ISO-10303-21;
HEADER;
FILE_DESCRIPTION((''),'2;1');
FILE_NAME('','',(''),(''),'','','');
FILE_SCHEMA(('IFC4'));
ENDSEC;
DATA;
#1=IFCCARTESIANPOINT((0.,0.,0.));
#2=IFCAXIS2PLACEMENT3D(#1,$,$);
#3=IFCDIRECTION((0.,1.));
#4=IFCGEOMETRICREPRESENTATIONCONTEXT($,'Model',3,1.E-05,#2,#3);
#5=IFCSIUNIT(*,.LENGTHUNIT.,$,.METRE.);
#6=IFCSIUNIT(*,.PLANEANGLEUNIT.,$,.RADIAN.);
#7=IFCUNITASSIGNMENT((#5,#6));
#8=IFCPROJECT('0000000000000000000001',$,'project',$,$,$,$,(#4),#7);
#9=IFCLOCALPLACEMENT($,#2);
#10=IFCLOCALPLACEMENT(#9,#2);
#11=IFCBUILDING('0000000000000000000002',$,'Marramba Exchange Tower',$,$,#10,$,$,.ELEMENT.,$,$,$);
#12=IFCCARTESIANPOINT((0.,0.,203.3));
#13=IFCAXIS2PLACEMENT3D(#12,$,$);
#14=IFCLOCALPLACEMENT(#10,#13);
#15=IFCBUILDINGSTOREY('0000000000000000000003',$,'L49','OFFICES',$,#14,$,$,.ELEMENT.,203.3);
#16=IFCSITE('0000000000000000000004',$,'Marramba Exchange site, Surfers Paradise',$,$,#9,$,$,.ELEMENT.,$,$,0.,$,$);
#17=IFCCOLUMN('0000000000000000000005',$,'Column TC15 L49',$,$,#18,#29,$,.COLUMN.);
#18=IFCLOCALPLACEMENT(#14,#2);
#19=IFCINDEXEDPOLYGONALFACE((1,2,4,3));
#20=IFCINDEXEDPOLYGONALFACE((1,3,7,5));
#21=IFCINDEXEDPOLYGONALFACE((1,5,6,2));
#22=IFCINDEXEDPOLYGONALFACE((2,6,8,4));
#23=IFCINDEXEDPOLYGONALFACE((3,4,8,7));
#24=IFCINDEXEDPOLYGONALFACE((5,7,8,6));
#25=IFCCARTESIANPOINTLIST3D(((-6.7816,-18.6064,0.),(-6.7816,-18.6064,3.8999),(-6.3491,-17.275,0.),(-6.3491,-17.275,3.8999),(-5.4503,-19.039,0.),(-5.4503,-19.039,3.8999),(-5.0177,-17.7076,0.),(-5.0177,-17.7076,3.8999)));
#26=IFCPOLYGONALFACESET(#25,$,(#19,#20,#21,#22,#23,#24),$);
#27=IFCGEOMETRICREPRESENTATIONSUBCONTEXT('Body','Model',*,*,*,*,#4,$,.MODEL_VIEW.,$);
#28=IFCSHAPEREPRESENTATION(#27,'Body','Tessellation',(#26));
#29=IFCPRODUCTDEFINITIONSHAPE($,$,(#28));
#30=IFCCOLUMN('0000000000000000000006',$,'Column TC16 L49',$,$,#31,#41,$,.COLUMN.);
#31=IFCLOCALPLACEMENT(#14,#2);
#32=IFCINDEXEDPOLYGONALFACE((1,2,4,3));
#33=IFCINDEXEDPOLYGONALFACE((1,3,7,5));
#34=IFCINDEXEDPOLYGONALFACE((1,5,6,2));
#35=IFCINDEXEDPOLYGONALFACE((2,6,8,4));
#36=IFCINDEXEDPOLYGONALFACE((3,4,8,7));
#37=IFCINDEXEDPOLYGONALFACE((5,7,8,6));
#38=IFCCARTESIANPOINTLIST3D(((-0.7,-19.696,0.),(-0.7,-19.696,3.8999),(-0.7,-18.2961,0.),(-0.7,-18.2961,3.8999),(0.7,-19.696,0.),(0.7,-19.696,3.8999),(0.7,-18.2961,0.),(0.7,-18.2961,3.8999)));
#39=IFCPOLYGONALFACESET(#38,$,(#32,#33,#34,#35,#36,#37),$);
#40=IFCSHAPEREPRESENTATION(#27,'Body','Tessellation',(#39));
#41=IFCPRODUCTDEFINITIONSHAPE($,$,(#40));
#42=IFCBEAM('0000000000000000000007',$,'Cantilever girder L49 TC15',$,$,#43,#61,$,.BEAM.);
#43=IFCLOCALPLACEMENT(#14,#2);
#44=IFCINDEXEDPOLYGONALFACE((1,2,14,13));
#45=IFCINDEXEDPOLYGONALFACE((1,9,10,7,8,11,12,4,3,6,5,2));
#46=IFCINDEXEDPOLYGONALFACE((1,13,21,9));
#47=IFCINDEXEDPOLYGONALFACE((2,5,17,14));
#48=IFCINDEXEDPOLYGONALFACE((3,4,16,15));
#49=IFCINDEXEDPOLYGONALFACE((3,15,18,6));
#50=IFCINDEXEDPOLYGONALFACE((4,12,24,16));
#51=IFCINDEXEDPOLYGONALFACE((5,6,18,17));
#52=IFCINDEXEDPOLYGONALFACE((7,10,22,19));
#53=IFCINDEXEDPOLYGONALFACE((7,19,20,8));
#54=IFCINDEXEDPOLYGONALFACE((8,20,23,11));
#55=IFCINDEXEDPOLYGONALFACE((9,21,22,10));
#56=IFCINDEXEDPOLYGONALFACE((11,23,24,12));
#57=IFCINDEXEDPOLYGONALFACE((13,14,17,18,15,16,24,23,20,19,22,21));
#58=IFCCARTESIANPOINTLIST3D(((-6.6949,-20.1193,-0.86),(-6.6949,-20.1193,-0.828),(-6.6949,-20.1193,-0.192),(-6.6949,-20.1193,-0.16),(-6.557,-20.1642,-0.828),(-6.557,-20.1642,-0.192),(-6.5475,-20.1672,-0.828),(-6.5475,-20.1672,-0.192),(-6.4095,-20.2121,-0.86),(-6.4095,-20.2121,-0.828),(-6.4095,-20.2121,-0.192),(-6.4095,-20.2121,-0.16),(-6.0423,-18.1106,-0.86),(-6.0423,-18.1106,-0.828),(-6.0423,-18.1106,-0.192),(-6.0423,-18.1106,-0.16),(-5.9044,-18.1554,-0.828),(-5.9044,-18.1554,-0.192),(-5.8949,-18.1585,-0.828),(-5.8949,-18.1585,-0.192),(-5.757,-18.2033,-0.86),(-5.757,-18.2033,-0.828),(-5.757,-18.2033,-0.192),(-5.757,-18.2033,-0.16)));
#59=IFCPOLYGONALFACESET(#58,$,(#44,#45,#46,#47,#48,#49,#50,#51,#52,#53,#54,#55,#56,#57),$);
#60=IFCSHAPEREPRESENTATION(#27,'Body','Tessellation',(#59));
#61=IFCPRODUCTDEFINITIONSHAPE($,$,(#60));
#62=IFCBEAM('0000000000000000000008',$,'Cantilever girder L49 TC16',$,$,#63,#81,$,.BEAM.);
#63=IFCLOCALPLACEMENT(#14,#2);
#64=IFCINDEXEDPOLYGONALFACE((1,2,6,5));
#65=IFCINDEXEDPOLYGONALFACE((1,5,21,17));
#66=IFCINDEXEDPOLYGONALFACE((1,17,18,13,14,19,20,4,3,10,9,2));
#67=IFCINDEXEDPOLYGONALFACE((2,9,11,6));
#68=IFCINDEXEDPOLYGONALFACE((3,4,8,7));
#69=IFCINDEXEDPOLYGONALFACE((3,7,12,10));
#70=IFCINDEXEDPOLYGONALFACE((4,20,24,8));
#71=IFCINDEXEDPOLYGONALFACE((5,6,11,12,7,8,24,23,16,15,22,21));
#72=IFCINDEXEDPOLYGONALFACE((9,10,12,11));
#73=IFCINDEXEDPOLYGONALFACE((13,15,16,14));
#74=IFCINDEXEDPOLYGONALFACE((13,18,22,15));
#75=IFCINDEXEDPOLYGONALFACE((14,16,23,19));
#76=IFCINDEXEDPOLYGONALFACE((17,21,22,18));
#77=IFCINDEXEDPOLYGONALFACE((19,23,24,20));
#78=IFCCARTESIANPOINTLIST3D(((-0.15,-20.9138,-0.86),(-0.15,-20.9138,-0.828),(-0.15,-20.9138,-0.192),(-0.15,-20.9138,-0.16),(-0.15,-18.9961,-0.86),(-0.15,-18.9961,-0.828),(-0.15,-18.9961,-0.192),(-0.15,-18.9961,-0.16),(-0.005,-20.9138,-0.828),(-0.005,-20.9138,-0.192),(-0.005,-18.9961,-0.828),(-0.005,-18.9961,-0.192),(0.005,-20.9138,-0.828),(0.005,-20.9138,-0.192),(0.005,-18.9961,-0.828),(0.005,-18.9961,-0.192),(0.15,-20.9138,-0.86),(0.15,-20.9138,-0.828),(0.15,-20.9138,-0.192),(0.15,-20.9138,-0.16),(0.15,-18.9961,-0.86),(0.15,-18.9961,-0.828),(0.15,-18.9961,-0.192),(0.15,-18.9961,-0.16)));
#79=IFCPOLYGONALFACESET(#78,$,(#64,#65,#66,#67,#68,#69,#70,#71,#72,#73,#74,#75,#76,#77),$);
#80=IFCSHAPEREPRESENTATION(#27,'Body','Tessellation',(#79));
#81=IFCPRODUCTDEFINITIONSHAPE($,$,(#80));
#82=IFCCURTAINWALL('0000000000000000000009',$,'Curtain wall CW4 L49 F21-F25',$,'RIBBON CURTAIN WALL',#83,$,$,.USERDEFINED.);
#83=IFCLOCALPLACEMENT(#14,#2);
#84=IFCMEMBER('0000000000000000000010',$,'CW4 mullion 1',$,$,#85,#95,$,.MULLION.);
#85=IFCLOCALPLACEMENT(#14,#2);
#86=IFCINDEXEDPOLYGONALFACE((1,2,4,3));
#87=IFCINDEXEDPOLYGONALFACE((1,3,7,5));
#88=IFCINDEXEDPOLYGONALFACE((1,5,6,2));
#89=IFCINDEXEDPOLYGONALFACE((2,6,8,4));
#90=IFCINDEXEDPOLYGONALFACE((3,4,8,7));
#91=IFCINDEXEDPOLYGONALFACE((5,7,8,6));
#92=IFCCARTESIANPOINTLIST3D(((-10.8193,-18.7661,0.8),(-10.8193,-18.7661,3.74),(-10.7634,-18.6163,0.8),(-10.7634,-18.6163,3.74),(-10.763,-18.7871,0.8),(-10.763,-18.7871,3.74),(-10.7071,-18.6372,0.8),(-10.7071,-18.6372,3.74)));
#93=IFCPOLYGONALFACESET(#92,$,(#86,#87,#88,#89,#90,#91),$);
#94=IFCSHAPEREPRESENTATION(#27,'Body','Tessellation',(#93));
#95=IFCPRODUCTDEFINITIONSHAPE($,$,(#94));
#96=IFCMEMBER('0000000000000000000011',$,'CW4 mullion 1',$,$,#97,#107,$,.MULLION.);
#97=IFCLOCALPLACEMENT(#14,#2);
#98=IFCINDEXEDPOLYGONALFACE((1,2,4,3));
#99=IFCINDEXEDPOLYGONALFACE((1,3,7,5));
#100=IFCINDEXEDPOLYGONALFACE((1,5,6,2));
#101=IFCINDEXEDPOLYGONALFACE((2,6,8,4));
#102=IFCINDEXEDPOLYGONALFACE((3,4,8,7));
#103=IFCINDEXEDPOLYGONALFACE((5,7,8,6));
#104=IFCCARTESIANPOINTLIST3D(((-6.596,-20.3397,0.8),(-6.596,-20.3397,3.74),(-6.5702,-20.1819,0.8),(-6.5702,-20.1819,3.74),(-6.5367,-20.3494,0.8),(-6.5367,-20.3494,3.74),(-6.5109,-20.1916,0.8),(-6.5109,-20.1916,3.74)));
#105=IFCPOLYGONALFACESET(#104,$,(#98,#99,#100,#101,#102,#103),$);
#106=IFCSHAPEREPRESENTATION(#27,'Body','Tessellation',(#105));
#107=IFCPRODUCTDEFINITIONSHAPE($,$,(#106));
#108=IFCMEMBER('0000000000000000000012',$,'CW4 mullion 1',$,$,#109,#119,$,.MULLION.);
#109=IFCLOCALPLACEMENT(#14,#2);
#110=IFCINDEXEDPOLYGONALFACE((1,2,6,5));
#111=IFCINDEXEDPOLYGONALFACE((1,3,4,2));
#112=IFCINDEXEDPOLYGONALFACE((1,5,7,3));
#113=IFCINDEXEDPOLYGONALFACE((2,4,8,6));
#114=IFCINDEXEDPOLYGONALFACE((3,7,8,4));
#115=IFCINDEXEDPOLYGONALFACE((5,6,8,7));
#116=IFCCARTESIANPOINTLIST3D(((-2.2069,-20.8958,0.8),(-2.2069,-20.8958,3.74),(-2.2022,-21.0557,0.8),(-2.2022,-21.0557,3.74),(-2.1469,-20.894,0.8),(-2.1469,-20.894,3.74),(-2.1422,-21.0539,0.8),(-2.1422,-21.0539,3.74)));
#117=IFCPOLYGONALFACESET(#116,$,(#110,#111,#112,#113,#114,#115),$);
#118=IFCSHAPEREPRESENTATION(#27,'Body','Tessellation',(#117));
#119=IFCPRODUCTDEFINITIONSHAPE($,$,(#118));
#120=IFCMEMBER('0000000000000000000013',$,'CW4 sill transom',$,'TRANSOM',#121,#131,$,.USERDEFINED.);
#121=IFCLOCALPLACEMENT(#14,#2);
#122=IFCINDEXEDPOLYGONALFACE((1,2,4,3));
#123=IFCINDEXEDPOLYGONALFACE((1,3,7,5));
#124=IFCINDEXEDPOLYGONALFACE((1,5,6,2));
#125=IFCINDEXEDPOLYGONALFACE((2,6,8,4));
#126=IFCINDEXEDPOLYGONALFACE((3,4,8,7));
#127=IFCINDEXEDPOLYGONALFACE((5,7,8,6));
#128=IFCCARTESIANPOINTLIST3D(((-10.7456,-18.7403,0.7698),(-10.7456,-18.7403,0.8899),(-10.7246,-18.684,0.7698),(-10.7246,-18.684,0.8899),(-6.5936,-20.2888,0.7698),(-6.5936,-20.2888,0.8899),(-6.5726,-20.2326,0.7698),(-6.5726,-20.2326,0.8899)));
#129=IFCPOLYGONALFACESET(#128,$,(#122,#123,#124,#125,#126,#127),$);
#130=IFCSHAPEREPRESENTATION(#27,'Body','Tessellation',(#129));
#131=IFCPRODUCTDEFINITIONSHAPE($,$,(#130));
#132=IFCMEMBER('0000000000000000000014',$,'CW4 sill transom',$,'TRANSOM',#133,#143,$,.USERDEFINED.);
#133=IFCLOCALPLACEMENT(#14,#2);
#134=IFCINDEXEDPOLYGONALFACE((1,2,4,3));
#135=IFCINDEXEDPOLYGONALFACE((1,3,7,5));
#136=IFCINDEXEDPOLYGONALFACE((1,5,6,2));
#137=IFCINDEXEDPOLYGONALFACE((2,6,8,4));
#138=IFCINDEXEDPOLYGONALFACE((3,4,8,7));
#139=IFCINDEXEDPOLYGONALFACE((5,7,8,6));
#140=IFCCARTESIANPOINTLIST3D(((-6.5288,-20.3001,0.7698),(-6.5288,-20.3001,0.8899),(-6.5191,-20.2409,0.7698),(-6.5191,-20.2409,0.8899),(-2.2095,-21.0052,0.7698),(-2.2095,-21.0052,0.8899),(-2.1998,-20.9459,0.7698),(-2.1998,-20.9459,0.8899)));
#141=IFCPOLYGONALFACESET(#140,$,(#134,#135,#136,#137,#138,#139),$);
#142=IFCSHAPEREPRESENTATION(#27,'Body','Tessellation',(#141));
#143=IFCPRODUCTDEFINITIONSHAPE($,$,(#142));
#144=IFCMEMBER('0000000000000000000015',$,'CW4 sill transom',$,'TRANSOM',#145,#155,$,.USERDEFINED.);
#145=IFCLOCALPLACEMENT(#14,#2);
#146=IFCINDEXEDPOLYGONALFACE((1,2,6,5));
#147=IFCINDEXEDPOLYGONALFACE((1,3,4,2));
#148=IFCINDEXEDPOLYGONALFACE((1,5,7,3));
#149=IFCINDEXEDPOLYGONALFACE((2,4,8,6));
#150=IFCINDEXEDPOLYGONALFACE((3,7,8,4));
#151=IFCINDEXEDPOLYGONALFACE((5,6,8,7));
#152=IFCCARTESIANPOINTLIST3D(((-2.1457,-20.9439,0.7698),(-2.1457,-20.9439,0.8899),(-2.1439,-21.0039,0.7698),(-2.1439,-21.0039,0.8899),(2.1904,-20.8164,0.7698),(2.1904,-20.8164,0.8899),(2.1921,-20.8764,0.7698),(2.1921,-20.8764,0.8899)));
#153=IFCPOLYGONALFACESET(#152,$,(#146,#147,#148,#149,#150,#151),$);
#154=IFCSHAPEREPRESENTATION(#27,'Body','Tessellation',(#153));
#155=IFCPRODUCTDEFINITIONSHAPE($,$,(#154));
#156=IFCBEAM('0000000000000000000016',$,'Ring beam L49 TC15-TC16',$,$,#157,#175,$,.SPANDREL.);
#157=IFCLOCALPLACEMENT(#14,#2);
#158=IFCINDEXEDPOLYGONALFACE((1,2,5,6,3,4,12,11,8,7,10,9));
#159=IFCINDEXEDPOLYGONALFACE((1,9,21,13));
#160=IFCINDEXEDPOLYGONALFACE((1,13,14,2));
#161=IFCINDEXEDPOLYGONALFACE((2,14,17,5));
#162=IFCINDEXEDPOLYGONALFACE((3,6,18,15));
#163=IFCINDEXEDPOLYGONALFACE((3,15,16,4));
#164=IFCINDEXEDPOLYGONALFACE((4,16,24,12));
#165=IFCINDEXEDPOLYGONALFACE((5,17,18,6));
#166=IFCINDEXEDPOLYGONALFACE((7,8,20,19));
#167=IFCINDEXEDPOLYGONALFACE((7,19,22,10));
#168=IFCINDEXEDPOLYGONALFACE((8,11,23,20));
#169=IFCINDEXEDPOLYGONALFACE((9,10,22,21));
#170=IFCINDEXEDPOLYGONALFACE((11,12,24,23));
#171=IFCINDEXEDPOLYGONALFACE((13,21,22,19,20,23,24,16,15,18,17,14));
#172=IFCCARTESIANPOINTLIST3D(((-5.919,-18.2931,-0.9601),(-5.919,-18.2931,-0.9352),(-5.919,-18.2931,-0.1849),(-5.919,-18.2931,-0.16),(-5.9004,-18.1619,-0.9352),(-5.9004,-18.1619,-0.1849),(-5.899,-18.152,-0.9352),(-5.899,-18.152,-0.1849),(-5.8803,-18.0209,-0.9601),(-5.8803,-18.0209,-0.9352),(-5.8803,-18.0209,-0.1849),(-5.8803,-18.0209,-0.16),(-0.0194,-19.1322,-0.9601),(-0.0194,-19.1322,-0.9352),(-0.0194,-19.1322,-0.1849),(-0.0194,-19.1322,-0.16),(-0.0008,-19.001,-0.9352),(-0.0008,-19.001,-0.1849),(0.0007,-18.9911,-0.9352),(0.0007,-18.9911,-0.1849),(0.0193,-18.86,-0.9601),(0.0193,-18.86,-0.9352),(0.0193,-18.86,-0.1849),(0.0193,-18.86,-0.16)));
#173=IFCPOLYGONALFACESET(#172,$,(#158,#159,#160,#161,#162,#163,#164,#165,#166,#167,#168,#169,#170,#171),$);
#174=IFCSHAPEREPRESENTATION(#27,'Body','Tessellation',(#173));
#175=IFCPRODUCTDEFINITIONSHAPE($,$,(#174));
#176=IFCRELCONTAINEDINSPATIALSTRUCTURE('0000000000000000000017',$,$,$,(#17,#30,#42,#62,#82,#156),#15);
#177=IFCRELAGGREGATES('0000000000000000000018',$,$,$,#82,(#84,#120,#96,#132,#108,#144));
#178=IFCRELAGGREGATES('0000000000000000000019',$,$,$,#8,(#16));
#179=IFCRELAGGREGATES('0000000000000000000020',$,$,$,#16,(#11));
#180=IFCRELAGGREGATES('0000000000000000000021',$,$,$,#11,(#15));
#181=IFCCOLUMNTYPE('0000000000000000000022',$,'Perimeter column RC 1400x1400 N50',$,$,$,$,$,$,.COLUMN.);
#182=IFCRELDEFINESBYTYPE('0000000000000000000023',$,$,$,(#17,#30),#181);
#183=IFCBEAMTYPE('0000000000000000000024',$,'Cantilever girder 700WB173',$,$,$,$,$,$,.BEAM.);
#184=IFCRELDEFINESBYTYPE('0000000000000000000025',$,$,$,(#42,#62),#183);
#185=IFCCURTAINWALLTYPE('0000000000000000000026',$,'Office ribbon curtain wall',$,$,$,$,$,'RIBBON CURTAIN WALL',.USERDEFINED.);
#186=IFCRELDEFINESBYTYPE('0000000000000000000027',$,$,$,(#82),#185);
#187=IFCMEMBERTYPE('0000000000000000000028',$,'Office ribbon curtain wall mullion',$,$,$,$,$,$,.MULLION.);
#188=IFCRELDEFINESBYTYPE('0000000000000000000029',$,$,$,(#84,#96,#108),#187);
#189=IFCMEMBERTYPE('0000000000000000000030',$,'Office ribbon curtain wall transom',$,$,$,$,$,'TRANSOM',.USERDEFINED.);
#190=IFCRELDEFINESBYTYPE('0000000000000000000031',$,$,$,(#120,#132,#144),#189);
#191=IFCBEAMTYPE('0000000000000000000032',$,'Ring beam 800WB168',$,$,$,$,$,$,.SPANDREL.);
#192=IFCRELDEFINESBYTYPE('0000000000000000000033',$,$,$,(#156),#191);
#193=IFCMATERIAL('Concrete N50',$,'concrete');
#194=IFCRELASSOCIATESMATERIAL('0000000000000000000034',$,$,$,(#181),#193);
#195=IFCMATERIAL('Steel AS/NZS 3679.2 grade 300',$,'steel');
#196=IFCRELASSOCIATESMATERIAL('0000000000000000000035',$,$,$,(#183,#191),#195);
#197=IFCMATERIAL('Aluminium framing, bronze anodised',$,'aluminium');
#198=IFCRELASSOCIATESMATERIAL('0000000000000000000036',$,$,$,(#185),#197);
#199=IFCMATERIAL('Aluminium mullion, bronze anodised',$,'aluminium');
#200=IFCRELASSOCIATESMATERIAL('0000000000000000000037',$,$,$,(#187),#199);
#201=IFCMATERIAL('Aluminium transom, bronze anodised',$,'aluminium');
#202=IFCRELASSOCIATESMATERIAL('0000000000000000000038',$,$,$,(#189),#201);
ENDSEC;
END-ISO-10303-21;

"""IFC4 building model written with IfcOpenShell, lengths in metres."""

from ifc_helpers import new_model, si_unit, direction, frame, origin, origin_2d, place, context, subcontext, project, spatial, rectangle, i_section, extrude, material, material_profile, profile_set, type_object, element, aggregate, save


model = new_model("IFC4")

# Units and contexts
model_context = context("Model", 3, precision=1e-05, world=origin(), true_north=direction((0.0, 1.0)))
body_context = subcontext(model_context, "Body", "Model", "MODEL_VIEW")
ifc_project = project(units=[si_unit("LENGTHUNIT", "METRE"), si_unit("PLANEANGLEUNIT", "RADIAN")], contexts=[model_context])

# Site, building, storey
site_placement = place(None, origin())
site = spatial("IfcSite", under=ifc_project, at=site_placement, Name="Marramba Exchange site, Surfers Paradise", CompositionType="ELEMENT", RefElevation=0.0)
building_placement = place(site_placement, origin())
building = spatial("IfcBuilding", under=site, at=building_placement, Name="Marramba Exchange Tower", CompositionType="ELEMENT")
storey_placement = place(building_placement, frame((0.0, 0.0, 203.3)))
storey = spatial("IfcBuildingStorey", under=building, at=storey_placement, Name="L49", Description="OFFICES", CompositionType="ELEMENT", Elevation=203.3)

# Columns
ifc_material_1 = material(Name="Concrete N50", Category="concrete")
ifc_material_profile_1 = material_profile(ifc_material_1, rectangle(XDim=1.3999, YDim=1.3999, at=origin_2d()), Name="RC 1400x1400")
ifc_profile_set_1 = profile_set([ifc_material_profile_1], Name="Concrete N50")
column_type = type_object("IfcColumnType", Name="Perimeter column RC 1400x1400 N50", PredefinedType="COLUMN", material=ifc_profile_set_1)
for number, where, z_axis, x_axis, name in (
    (1, (-5.8997, -18.157, 0.0), (0.0, 0.0, 1.0), (-0.309017, -0.951057, 0.0), "Column TC15 L49"),
    (2, (0.0, -18.9961, 0.0), (0.0, 0.0, 1.0), (0.0, -1.0, 0.0), "Column TC16 L49"),
):
    element("IfcColumn", number, at=place(storey_placement, frame(where, z_axis=z_axis, x_axis=x_axis)), inside=storey, type_object=column_type, Name=name, PredefinedType="COLUMN", context=body_context, shape_type="SweptSolid", body=[
        extrude(rectangle(XDim=1.3999, YDim=1.3999, at=origin_2d()), origin(), (0.0, 0.0, 1.0), 3.8999),
    ])

# Beams
ifc_material_2 = material(Name="Steel AS/NZS 3679.2 grade 300", Category="steel")
ifc_material_profile_2 = material_profile(ifc_material_2, i_section(OverallWidth=0.3, OverallDepth=0.7, WebThickness=0.01, FlangeThickness=0.032, at=origin_2d()), Name="700WB173")
ifc_profile_set_2 = profile_set([ifc_material_profile_2], Name="Steel AS/NZS 3679.2 grade 300")
beam_type_1 = type_object("IfcBeamType", Name="Cantilever girder 700WB173", PredefinedType="BEAM", material=ifc_profile_set_2)
beam_1_placement = place(storey_placement, frame((-5.8997, -18.157, -0.51), z_axis=(-0.308971, -0.951071, 0.0), x_axis=(0.951071, -0.308971, 0.0)))
element("IfcBeam", 3, at=beam_1_placement, inside=storey, type_object=beam_type_1, Name="Cantilever girder L49 TC15", PredefinedType="BEAM", context=body_context, shape_type="SweptSolid", body=[
    extrude(i_section(OverallWidth=0.3, OverallDepth=0.7, WebThickness=0.01, FlangeThickness=0.032, at=origin_2d()), origin(), (0.0, 0.0, 1.0), 2.1121),
])
beam_2_placement = place(storey_placement, frame((0.0, -18.9961, -0.51), z_axis=(0.0, -1.0, 0.0), x_axis=(1.0, 0.0, 0.0)))
element("IfcBeam", 4, at=beam_2_placement, inside=storey, type_object=beam_type_1, Name="Cantilever girder L49 TC16", PredefinedType="BEAM", context=body_context, shape_type="SweptSolid", body=[
    extrude(i_section(OverallWidth=0.3, OverallDepth=0.7, WebThickness=0.01, FlangeThickness=0.032, at=origin_2d()), origin(), (0.0, 0.0, 1.0), 1.9177),
])

# Curtain wall, members
ifc_material_3 = material(Name="Aluminium framing, bronze anodised", Category="aluminium")
curtain_wall_type = type_object("IfcCurtainWallType", Name="Office ribbon curtain wall", ElementType="RIBBON CURTAIN WALL", PredefinedType="USERDEFINED", material=ifc_material_3)
curtain_wall_1_placement = place(storey_placement, origin())
curtain_wall_1 = element("IfcCurtainWall", 5, at=curtain_wall_1_placement, inside=storey, type_object=curtain_wall_type, Name="Curtain wall CW4 L49 F21-F25", ObjectType="RIBBON CURTAIN WALL", PredefinedType="USERDEFINED")
ifc_material_4 = material(Name="Aluminium mullion, bronze anodised", Category="aluminium")
ifc_material_profile_3 = material_profile(ifc_material_4, rectangle(XDim=0.1599, YDim=0.0601, at=origin_2d()), Name="CW4 mullion 60x160")
ifc_profile_set_3 = profile_set([ifc_material_profile_3], Name="Aluminium mullion, bronze anodised")
member_type_1 = type_object("IfcMemberType", Name="Office ribbon curtain wall mullion", PredefinedType="MULLION", material=ifc_profile_set_3)
member_1_placement = place(storey_placement, frame((-10.7632, -18.7017, 0.8), z_axis=(0.0, 0.0, 1.0), x_axis=(0.349459, 0.936952, 0.0)))
member_1 = element("IfcMember", 6, at=member_1_placement, type_object=member_type_1, Name="CW4 mullion 1", PredefinedType="MULLION", context=body_context, shape_type="SweptSolid", body=[
    extrude(rectangle(XDim=0.1599, YDim=0.0601, at=origin_2d()), origin(), (0.0, 0.0, 1.0), 2.9399),
])
member_2_placement = place(storey_placement, frame((-6.5535, -20.2656, 0.8), z_axis=(0.0, 0.0, 1.0), x_axis=(0.161146, 0.986931, 0.0)))
member_2 = element("IfcMember", 7, at=member_2_placement, type_object=member_type_1, Name="CW4 mullion 1", PredefinedType="MULLION", context=body_context, shape_type="SweptSolid", body=[
    extrude(rectangle(XDim=0.1599, YDim=0.0601, at=origin_2d()), origin(), (0.0, 0.0, 1.0), 2.9399),
])
member_3_placement = place(storey_placement, frame((-2.1746, -20.9749, 0.8), z_axis=(0.0, 0.0, 1.0), x_axis=(-0.029393, 0.999568, 0.0)))
member_3 = element("IfcMember", 8, at=member_3_placement, type_object=member_type_1, Name="CW4 mullion 1", PredefinedType="MULLION", context=body_context, shape_type="SweptSolid", body=[
    extrude(rectangle(XDim=0.1599, YDim=0.0601, at=origin_2d()), origin(), (0.0, 0.0, 1.0), 2.9399),
])
ifc_material_5 = material(Name="Aluminium transom, bronze anodised", Category="aluminium")
ifc_material_profile_4 = material_profile(ifc_material_5, rectangle(XDim=0.0601, YDim=0.1201, at=origin_2d()), Name="CW4 transom 60x120")
ifc_profile_set_4 = profile_set([ifc_material_profile_4], Name="Aluminium transom, bronze anodised")
member_type_2 = type_object("IfcMemberType", Name="Office ribbon curtain wall transom", ElementType="TRANSOM", PredefinedType="USERDEFINED", material=ifc_profile_set_4)
member_4_placement = place(storey_placement, frame((-10.7351, -18.7122, 0.8298), z_axis=(0.936955, -0.34945, 0.0), x_axis=(0.34945, 0.936955, 0.0)))
member_4 = element("IfcMember", 9, at=member_4_placement, type_object=member_type_2, Name="CW4 sill transom", ObjectType="TRANSOM", PredefinedType="USERDEFINED", context=body_context, shape_type="SweptSolid", body=[
    extrude(rectangle(XDim=0.0601, YDim=0.1201, at=origin_2d()), origin(), (0.0, 0.0, 1.0), 4.4314),
])
member_5_placement = place(storey_placement, frame((-6.5239, -20.2705, 0.8298), z_axis=(0.986937, -0.161105, 0.0), x_axis=(0.161105, 0.986937, 0.0)))
member_5 = element("IfcMember", 10, at=member_5_placement, type_object=member_type_2, Name="CW4 sill transom", ObjectType="TRANSOM", PredefinedType="USERDEFINED", context=body_context, shape_type="SweptSolid", body=[
    extrude(rectangle(XDim=0.0601, YDim=0.1201, at=origin_2d()), origin(), (0.0, 0.0, 1.0), 4.3765),
])
member_6_placement = place(storey_placement, frame((-2.1448, -20.9739, 0.8298), z_axis=(0.999568, 0.029379, 0.0), x_axis=(-0.029379, 0.999568, 0.0)))
member_6 = element("IfcMember", 11, at=member_6_placement, type_object=member_type_2, Name="CW4 sill transom", ObjectType="TRANSOM", PredefinedType="USERDEFINED", context=body_context, shape_type="SweptSolid", body=[
    extrude(rectangle(XDim=0.0601, YDim=0.1201, at=origin_2d()), origin(), (0.0, 0.0, 1.0), 4.3379),
])

# Beam
ifc_material_profile_5 = material_profile(ifc_material_2, i_section(OverallWidth=0.2749, OverallDepth=0.8, WebThickness=0.01, FlangeThickness=0.0249, at=origin_2d()), Name="800WB168")
ifc_profile_set_5 = profile_set([ifc_material_profile_5], Name="Steel AS/NZS 3679.2 grade 300")
beam_type_2 = type_object("IfcBeamType", Name="Ring beam 800WB168", PredefinedType="SPANDREL", material=ifc_profile_set_5)
for number, where, z_axis, x_axis, name in (
    (12, (-5.8997, -18.157, -0.5601), (0.990036, -0.140813, 0.0), (0.140813, 0.990036, 0.0), "Ring beam L49 TC15-TC16"),
):
    element("IfcBeam", number, at=place(storey_placement, frame(where, z_axis=z_axis, x_axis=x_axis)), inside=storey, type_object=beam_type_2, Name=name, PredefinedType="SPANDREL", context=body_context, shape_type="SweptSolid", body=[
        extrude(i_section(OverallWidth=0.2749, OverallDepth=0.8, WebThickness=0.01, FlangeThickness=0.0249, at=origin_2d()), origin(), (0.0, 0.0, 1.0), 5.959),
    ])

aggregate(curtain_wall_1, [member_1, member_4, member_2, member_5, member_3, member_6])

save(model, "model.ifc")
